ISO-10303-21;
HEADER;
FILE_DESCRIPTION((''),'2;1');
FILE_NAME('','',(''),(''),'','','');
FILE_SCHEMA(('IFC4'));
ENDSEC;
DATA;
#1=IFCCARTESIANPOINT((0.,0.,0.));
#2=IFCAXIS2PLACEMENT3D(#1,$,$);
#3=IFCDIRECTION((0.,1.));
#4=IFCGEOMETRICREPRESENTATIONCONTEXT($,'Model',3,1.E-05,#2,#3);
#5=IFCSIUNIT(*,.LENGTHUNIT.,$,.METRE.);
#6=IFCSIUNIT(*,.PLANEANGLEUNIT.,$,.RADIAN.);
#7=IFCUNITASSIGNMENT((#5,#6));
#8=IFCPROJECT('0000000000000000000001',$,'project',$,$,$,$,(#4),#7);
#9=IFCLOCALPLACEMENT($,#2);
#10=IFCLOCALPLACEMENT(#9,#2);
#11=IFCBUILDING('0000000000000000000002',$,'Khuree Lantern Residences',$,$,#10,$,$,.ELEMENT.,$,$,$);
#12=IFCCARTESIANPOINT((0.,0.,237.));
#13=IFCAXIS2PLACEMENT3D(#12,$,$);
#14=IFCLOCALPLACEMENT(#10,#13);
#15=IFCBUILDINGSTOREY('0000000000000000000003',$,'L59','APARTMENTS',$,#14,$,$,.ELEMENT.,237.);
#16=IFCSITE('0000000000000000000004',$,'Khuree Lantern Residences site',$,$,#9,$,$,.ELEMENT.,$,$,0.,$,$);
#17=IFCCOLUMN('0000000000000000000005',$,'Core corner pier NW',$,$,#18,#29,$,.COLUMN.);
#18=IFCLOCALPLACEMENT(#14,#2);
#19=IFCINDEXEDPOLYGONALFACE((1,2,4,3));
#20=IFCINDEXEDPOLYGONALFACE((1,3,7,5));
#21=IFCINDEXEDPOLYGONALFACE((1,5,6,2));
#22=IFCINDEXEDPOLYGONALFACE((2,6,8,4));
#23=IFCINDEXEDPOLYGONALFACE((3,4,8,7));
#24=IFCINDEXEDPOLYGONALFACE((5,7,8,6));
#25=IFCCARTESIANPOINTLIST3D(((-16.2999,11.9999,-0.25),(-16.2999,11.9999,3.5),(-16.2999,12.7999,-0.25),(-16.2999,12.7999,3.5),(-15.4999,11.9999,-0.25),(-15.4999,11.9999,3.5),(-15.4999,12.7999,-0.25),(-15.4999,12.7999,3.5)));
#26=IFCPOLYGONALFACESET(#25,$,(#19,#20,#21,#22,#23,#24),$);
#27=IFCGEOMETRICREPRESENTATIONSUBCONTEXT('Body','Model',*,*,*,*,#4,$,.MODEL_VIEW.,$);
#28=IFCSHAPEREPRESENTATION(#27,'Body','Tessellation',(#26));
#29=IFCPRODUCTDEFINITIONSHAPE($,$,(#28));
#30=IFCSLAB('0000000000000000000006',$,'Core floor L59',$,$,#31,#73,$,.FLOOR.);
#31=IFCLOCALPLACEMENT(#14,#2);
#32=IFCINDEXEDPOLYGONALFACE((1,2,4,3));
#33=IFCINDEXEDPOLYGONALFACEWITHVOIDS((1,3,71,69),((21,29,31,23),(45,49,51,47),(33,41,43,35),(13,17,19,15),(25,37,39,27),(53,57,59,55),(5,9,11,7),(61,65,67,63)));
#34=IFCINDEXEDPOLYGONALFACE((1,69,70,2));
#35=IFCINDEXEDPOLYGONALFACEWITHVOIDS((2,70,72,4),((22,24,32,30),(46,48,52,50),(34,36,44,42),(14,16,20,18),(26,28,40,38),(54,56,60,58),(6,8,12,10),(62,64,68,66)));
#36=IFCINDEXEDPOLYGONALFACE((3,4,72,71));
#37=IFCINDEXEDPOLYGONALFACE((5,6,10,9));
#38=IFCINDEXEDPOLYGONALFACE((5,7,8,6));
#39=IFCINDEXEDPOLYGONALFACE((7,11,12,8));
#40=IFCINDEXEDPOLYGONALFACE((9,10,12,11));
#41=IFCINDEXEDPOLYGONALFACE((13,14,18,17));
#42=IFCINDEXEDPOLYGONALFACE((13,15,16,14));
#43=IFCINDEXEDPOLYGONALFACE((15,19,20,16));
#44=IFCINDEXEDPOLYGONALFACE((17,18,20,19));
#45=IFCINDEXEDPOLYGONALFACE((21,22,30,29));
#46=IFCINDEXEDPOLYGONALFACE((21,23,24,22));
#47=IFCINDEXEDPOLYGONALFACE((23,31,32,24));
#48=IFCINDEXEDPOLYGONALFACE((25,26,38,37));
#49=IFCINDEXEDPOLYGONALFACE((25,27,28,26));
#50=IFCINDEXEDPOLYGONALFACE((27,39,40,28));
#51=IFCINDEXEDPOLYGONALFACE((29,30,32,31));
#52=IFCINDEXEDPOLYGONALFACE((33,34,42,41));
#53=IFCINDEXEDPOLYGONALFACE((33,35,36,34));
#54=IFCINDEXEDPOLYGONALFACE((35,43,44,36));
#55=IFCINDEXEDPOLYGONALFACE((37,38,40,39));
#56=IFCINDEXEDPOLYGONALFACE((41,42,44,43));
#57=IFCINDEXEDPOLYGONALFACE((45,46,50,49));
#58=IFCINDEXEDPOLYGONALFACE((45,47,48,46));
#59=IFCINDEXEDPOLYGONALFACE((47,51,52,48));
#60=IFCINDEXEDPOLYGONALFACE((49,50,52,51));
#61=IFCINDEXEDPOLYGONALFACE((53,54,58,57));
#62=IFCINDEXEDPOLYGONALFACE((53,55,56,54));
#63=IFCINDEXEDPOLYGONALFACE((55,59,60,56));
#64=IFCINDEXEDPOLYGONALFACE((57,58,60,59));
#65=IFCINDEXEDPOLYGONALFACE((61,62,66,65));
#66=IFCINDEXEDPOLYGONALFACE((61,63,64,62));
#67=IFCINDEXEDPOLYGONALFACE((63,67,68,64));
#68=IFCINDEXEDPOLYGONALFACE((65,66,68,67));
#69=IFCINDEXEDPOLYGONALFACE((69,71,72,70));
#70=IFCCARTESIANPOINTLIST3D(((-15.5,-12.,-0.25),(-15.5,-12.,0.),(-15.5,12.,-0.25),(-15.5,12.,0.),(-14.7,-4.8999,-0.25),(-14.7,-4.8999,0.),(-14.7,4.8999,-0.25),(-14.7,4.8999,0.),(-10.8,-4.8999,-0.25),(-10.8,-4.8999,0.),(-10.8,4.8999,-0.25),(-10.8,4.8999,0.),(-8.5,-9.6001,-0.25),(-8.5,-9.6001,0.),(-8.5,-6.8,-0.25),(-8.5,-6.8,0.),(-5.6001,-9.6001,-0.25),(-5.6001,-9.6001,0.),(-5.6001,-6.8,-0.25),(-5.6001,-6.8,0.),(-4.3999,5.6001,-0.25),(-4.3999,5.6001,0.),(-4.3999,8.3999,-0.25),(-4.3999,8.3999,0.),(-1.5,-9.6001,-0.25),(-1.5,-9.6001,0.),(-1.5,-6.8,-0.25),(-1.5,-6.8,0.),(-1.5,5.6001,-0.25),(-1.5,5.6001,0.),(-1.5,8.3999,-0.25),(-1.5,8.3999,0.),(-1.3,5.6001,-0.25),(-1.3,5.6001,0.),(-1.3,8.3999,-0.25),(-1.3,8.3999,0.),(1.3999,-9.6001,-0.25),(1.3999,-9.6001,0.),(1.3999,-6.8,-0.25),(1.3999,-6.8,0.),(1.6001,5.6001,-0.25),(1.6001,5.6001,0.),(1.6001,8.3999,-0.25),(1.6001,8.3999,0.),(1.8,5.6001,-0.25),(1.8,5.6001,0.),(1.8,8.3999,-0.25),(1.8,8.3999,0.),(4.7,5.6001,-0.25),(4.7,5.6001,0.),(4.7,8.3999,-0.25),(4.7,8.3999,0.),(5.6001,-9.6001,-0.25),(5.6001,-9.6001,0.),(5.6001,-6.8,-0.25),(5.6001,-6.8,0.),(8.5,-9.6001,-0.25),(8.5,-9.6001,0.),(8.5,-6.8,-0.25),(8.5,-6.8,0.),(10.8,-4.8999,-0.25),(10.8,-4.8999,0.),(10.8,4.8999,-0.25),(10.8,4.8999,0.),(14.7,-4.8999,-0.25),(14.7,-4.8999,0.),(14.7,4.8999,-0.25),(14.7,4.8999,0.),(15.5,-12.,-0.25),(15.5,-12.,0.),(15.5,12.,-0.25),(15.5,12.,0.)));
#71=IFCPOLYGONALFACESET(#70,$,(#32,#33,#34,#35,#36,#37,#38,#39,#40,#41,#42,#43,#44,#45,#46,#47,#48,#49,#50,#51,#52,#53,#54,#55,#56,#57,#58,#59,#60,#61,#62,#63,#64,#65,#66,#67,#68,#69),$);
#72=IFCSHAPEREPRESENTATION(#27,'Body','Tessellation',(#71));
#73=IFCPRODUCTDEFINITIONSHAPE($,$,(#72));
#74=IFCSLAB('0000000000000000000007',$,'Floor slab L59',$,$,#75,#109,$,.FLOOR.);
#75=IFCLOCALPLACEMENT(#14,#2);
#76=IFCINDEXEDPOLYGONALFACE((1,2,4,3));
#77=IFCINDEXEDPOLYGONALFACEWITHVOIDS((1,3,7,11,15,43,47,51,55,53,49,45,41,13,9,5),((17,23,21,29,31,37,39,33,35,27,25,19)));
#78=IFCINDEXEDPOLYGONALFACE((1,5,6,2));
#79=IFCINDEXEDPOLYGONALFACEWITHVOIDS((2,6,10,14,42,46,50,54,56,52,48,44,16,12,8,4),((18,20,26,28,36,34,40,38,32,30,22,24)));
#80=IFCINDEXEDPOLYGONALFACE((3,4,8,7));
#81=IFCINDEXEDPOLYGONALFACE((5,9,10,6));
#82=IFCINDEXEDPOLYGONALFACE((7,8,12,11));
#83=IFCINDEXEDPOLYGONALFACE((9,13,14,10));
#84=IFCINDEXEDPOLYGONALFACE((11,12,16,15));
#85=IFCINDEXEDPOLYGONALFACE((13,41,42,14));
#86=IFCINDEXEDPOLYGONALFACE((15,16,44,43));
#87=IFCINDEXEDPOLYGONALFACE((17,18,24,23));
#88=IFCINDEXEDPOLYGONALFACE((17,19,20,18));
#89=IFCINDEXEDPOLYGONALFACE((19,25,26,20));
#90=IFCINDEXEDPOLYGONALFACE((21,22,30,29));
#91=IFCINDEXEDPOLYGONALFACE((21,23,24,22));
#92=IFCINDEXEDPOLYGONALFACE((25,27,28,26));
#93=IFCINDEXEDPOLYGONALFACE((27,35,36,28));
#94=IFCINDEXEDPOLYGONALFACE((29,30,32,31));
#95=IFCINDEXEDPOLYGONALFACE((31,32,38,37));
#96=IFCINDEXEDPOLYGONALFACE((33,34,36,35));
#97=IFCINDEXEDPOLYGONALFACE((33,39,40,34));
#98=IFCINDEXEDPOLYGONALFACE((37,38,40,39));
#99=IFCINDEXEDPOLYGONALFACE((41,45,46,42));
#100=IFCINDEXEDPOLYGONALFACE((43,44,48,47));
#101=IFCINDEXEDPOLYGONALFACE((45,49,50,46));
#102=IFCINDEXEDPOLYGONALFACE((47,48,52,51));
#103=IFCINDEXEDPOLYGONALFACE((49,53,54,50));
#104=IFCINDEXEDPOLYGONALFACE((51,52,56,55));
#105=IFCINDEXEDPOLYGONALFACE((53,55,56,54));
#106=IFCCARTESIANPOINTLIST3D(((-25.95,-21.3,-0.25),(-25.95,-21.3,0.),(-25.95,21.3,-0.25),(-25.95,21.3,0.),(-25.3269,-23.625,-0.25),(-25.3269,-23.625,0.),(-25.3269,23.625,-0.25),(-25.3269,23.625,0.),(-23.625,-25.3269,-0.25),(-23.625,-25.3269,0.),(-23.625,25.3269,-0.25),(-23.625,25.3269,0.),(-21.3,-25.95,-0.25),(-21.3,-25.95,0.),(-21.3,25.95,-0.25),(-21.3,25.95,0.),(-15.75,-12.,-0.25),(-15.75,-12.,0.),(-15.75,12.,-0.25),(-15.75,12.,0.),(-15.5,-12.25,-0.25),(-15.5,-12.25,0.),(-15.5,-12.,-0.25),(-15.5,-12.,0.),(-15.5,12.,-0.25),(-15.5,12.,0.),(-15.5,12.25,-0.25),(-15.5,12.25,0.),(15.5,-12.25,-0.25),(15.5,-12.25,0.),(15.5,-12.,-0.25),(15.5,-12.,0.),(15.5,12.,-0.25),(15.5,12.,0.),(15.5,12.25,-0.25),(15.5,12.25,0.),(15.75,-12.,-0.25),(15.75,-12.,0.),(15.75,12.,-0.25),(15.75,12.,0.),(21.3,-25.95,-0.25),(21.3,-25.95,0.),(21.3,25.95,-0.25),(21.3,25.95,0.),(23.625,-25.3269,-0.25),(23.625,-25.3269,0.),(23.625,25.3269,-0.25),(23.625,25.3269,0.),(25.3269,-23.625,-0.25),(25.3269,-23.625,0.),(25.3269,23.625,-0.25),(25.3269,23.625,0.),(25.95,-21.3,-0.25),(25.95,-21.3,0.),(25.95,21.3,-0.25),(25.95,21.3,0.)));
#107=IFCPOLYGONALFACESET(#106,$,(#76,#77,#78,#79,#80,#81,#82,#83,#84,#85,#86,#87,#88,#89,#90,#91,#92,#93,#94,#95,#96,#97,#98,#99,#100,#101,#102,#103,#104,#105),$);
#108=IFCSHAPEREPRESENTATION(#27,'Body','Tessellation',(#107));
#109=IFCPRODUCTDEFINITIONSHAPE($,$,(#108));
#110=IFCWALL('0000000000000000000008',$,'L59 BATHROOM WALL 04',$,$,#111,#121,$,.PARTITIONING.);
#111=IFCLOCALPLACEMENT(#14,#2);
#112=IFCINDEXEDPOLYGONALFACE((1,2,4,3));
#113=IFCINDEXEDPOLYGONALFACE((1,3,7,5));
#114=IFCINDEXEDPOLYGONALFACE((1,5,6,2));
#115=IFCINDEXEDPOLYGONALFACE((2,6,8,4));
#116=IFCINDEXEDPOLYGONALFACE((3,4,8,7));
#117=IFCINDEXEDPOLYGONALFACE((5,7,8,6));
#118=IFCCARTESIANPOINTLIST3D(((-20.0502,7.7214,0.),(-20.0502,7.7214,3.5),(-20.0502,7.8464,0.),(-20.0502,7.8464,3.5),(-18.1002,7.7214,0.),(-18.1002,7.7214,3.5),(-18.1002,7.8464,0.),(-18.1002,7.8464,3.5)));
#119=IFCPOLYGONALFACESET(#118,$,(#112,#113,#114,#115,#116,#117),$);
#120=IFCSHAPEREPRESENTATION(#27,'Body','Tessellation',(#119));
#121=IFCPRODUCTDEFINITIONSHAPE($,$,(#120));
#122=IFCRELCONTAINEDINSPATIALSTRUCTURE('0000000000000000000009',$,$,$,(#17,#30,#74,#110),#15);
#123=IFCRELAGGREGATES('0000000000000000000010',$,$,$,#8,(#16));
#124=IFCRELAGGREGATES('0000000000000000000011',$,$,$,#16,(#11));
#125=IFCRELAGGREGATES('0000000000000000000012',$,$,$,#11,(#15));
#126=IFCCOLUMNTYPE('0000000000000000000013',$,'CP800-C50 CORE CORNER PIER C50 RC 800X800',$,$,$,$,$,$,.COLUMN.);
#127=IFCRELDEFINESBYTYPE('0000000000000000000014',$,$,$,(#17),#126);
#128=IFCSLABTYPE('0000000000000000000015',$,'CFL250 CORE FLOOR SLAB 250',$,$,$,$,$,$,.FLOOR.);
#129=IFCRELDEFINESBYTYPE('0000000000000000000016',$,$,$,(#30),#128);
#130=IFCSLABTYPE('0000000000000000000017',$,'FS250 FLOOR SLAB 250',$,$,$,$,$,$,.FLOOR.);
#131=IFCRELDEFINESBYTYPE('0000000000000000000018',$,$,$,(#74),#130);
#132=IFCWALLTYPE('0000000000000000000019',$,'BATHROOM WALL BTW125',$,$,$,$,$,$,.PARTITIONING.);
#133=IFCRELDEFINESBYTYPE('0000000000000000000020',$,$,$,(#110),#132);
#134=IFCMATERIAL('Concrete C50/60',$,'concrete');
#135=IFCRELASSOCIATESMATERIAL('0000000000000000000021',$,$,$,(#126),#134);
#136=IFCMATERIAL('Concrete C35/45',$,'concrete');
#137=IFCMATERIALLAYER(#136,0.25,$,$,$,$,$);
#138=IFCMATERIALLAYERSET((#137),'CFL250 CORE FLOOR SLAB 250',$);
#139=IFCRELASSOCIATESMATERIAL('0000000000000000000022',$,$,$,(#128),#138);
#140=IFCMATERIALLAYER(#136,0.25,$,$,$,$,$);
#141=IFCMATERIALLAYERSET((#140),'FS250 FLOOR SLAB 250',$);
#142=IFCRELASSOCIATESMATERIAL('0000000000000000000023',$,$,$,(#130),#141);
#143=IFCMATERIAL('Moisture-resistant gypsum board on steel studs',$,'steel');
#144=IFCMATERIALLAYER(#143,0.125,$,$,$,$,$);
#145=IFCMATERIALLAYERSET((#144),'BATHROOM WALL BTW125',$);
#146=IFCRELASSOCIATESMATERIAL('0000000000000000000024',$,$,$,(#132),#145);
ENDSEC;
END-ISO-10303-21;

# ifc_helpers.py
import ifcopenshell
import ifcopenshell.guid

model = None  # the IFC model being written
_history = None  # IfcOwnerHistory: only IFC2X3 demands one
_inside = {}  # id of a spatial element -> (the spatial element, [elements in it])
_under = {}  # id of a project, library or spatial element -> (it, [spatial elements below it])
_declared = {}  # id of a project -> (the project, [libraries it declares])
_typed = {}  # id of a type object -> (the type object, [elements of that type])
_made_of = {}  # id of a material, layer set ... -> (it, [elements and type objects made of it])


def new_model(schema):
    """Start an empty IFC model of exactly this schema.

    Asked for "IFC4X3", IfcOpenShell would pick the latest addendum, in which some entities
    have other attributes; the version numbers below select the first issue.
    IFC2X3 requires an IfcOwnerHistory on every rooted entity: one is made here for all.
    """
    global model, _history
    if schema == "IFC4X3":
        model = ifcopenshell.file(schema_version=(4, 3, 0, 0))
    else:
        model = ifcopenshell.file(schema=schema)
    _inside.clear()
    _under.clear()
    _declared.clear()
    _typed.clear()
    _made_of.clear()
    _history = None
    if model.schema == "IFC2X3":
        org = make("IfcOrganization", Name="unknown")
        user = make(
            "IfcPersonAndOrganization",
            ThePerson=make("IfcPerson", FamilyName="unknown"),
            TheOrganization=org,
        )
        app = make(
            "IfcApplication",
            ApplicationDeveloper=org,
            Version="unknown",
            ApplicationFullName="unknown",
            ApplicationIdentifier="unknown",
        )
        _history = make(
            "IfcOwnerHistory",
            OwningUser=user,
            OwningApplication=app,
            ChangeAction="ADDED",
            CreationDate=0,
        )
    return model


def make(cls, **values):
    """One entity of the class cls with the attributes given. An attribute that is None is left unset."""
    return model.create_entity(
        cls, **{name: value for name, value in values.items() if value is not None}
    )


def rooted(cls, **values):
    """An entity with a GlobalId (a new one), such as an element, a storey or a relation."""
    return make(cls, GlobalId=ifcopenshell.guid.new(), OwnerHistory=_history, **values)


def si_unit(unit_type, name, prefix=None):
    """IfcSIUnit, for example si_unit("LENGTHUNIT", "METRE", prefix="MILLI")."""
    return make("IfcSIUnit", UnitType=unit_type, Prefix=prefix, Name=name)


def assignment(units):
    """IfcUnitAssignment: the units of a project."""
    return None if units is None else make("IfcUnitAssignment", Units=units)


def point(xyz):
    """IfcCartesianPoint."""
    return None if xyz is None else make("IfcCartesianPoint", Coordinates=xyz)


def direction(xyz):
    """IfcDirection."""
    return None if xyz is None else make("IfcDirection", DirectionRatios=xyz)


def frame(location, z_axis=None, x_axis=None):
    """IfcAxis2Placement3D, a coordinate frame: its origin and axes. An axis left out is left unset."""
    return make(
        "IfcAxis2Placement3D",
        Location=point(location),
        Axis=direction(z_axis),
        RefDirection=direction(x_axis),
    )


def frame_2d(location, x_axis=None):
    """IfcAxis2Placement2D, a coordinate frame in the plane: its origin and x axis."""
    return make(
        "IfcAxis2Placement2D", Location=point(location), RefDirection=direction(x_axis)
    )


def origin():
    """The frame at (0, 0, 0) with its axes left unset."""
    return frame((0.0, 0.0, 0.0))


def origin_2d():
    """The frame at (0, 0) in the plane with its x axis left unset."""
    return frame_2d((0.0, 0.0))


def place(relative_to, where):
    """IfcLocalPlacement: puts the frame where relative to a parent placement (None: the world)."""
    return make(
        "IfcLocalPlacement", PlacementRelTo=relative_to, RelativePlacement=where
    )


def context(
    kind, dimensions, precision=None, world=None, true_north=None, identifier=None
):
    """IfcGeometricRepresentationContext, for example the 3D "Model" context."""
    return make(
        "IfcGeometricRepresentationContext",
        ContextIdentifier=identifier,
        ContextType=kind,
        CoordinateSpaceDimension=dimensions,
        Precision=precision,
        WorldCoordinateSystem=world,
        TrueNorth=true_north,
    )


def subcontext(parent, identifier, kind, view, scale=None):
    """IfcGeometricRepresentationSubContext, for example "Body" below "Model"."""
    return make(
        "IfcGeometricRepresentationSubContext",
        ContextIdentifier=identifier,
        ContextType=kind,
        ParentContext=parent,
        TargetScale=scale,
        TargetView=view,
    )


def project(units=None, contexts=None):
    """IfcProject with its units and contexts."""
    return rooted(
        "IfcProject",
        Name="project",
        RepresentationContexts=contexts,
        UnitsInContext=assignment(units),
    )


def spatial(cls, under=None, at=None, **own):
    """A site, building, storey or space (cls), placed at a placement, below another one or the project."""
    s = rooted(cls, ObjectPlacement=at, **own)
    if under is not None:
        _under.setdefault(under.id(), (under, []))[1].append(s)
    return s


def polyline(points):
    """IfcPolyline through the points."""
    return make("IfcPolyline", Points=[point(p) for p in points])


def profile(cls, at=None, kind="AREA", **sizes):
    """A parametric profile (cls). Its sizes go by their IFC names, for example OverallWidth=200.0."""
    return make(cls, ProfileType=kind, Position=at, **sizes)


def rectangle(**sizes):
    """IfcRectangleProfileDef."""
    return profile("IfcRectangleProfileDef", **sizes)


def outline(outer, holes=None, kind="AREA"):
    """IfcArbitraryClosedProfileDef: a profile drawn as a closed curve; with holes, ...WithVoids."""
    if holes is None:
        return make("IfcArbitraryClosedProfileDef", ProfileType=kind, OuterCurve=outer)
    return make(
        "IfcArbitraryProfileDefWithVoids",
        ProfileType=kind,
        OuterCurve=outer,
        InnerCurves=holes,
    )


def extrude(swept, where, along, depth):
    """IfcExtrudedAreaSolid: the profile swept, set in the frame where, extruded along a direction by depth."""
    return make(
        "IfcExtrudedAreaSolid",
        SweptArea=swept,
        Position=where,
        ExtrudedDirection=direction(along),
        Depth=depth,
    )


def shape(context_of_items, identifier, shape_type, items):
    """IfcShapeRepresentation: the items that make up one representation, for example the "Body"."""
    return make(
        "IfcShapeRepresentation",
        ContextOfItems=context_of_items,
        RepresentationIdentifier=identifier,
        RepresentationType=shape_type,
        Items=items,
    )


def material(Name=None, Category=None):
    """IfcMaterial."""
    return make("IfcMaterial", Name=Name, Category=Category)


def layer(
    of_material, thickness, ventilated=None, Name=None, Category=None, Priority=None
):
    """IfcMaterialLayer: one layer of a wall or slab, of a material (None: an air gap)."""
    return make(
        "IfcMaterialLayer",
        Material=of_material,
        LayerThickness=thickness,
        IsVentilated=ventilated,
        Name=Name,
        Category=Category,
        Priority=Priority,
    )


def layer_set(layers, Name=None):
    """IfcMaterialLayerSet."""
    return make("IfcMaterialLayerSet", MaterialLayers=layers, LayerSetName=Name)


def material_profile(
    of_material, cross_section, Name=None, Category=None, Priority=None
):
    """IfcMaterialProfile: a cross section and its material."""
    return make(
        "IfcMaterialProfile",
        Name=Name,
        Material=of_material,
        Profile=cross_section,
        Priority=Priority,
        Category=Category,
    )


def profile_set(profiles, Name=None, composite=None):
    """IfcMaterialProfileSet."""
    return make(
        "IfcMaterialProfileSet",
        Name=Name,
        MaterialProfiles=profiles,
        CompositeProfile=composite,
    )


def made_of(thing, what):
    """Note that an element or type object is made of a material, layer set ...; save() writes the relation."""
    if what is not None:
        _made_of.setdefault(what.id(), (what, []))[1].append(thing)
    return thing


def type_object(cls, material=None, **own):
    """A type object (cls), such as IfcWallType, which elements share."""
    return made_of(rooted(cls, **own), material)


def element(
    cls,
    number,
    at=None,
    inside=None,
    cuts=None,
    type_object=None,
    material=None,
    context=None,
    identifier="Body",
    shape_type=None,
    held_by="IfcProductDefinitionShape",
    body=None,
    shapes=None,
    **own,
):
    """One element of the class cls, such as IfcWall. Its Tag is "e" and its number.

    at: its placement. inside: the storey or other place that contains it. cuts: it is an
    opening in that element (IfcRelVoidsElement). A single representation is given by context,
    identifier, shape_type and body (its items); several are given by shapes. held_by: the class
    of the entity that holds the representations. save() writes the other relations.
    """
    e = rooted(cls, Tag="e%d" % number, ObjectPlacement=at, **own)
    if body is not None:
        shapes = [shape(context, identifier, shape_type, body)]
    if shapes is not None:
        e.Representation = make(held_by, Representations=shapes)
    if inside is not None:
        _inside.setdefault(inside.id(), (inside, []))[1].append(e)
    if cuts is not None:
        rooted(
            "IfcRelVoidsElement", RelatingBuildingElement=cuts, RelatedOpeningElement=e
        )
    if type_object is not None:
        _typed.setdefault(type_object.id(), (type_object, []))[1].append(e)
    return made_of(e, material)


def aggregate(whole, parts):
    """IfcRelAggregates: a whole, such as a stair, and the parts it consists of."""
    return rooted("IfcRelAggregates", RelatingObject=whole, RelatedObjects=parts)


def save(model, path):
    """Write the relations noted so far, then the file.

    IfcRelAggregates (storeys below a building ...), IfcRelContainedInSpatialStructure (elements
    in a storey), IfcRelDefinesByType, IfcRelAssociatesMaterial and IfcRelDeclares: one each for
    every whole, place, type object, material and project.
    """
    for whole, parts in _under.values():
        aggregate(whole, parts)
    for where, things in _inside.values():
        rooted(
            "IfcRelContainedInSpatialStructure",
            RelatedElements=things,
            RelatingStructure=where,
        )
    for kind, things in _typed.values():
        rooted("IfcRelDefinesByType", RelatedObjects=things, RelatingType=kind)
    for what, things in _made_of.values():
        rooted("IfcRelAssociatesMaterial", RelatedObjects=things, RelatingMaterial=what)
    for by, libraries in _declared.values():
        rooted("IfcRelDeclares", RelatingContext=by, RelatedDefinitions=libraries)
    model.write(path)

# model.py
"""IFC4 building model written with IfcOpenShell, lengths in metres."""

from ifc_helpers import new_model, si_unit, direction, frame, frame_2d, origin, origin_2d, place, context, subcontext, project, spatial, polyline, rectangle, outline, extrude, material, layer, layer_set, material_profile, profile_set, type_object, element, save


model = new_model("IFC4")

# Units and contexts
model_context = context("Model", 3, precision=1e-05, world=origin(), true_north=direction((0.0, 1.0)))
body_context = subcontext(model_context, "Body", "Model", "MODEL_VIEW")
ifc_project = project(units=[si_unit("LENGTHUNIT", "METRE"), si_unit("PLANEANGLEUNIT", "RADIAN")], contexts=[model_context])

# Site, building, storey
site_placement = place(None, origin())
site = spatial("IfcSite", under=ifc_project, at=site_placement, Name="Khuree Lantern Residences site", CompositionType="ELEMENT", RefElevation=0.0)
building_placement = place(site_placement, origin())
building = spatial("IfcBuilding", under=site, at=building_placement, Name="Khuree Lantern Residences", CompositionType="ELEMENT")
storey_placement = place(building_placement, frame((0.0, 0.0, 237.0)))
storey = spatial("IfcBuildingStorey", under=building, at=storey_placement, Name="L59", Description="APARTMENTS", CompositionType="ELEMENT", Elevation=237.0)

# Column
ifc_material_1 = material(Name="Concrete C50/60", Category="concrete")
ifc_material_profile = material_profile(ifc_material_1, rectangle(XDim=0.8, YDim=0.8, at=origin_2d()), Name="RC 800X800")
ifc_profile_set = profile_set([ifc_material_profile], Name="Concrete C50/60")
column_type = type_object("IfcColumnType", Name="CP800-C50 CORE CORNER PIER C50 RC 800X800", PredefinedType="COLUMN", material=ifc_profile_set)
column_placement = place(storey_placement, frame((-15.8999, 12.3999, -0.25), z_axis=(0.0, 0.0, 1.0), x_axis=(1.0, 0.0, 0.0)))
element("IfcColumn", 1, at=column_placement, inside=storey, type_object=column_type, Name="Core corner pier NW", PredefinedType="COLUMN", context=body_context, shape_type="SweptSolid", body=[
    extrude(rectangle(XDim=0.8, YDim=0.8, at=origin_2d()), origin(), (0.0, 0.0, 1.0), 3.75),
])

# Slabs
ifc_material_2 = material(Name="Concrete C35/45", Category="concrete")
ifc_layer_1 = layer(ifc_material_2, 0.25)
ifc_layer_set_1 = layer_set([ifc_layer_1], Name="CFL250 CORE FLOOR SLAB 250")
slab_type_1 = type_object("IfcSlabType", Name="CFL250 CORE FLOOR SLAB 250", PredefinedType="FLOOR", material=ifc_layer_set_1)
slab_1_placement = place(storey_placement, frame((0.0, 0.0, -0.25)))
element("IfcSlab", 2, at=slab_1_placement, inside=storey, type_object=slab_type_1, Name="Core floor L59", PredefinedType="FLOOR", context=body_context, shape_type="SweptSolid", body=[
    extrude(outline(polyline([(-15.5, -12.0), (-15.5, 12.0), (15.5, 12.0), (15.5, -12.0), (-15.5, -12.0)]), holes=[polyline([(10.8, 4.8999), (10.8, -4.8999), (14.7, -4.8999), (14.7, 4.8999), (10.8, 4.8999)]), polyline([(5.6001, -6.8), (5.6001, -9.6001), (8.5, -9.6001), (8.5, -6.8), (5.6001, -6.8)]), polyline([(1.8, 8.3999), (1.8, 5.6001), (4.7, 5.6001), (4.7, 8.3999), (1.8, 8.3999)]), polyline([(-1.3, 8.3999), (-1.3, 5.6001), (1.6001, 5.6001), (1.6001, 8.3999), (-1.3, 8.3999)]), polyline([(-1.5, -6.8), (-1.5, -9.6001), (1.3999, -9.6001), (1.3999, -6.8), (-1.5, -6.8)]), polyline([(-4.3999, 8.3999), (-4.3999, 5.6001), (-1.5, 5.6001), (-1.5, 8.3999), (-4.3999, 8.3999)]), polyline([(-8.5, -6.8), (-8.5, -9.6001), (-5.6001, -9.6001), (-5.6001, -6.8), (-8.5, -6.8)]), polyline([(-14.7, 4.8999), (-14.7, -4.8999), (-10.8, -4.8999), (-10.8, 4.8999), (-14.7, 4.8999)])]), origin(), (0.0, 0.0, 1.0), 0.25),
])
ifc_layer_2 = layer(ifc_material_2, 0.25)
ifc_layer_set_2 = layer_set([ifc_layer_2], Name="FS250 FLOOR SLAB 250")
slab_type_2 = type_object("IfcSlabType", Name="FS250 FLOOR SLAB 250", PredefinedType="FLOOR", material=ifc_layer_set_2)
slab_2_placement = place(storey_placement, frame((0.0, 0.0, -0.25)))
element("IfcSlab", 3, at=slab_2_placement, inside=storey, type_object=slab_type_2, Name="Floor slab L59", PredefinedType="FLOOR", context=body_context, shape_type="SweptSolid", body=[
    extrude(outline(polyline([(-23.625, -25.3269), (-25.3269, -23.625), (-25.95, -21.3), (-25.95, 21.3), (-25.3269, 23.625), (-23.625, 25.3269), (-21.3, 25.95), (21.3, 25.95), (23.625, 25.3269), (25.3269, 23.625), (25.95, 21.3), (25.95, -21.3), (25.3269, -23.625), (23.625, -25.3269), (21.3, -25.95), (-21.3, -25.95), (-23.625, -25.3269)]), holes=[polyline([(15.75, 12.0), (15.5, 12.0), (15.5, 12.25), (-15.5, 12.25), (-15.5, 12.0), (-15.75, 12.0), (-15.75, -12.0), (-15.5, -12.0), (-15.5, -12.25), (15.5, -12.25), (15.5, -12.0), (15.75, -12.0), (15.75, 12.0)])]), origin(), (0.0, 0.0, 1.0), 0.25),
])

# Wall
ifc_material_3 = material(Name="Moisture-resistant gypsum board on steel studs", Category="steel")
ifc_layer_3 = layer(ifc_material_3, 0.125)
ifc_layer_set_3 = layer_set([ifc_layer_3], Name="BATHROOM WALL BTW125")
wall_type_1 = type_object("IfcWallType", Name="BATHROOM WALL BTW125", PredefinedType="PARTITIONING", material=ifc_layer_set_3)
wall_1_placement = place(storey_placement, frame((-18.1001, 7.7839, 0.0), z_axis=(0.0, 0.0, 1.0), x_axis=(-1.0, 0.0, 0.0)))
element("IfcWall", 4, at=wall_1_placement, inside=storey, type_object=wall_type_1, Name="L59 BATHROOM WALL 04", PredefinedType="PARTITIONING", context=body_context, shape_type="SweptSolid", body=[
    extrude(rectangle(XDim=1.95, YDim=0.125, at=frame_2d((0.9751, 0.0))), origin(), (0.0, 0.0, 1.0), 3.5),
])

save(model, "model.ifc")
